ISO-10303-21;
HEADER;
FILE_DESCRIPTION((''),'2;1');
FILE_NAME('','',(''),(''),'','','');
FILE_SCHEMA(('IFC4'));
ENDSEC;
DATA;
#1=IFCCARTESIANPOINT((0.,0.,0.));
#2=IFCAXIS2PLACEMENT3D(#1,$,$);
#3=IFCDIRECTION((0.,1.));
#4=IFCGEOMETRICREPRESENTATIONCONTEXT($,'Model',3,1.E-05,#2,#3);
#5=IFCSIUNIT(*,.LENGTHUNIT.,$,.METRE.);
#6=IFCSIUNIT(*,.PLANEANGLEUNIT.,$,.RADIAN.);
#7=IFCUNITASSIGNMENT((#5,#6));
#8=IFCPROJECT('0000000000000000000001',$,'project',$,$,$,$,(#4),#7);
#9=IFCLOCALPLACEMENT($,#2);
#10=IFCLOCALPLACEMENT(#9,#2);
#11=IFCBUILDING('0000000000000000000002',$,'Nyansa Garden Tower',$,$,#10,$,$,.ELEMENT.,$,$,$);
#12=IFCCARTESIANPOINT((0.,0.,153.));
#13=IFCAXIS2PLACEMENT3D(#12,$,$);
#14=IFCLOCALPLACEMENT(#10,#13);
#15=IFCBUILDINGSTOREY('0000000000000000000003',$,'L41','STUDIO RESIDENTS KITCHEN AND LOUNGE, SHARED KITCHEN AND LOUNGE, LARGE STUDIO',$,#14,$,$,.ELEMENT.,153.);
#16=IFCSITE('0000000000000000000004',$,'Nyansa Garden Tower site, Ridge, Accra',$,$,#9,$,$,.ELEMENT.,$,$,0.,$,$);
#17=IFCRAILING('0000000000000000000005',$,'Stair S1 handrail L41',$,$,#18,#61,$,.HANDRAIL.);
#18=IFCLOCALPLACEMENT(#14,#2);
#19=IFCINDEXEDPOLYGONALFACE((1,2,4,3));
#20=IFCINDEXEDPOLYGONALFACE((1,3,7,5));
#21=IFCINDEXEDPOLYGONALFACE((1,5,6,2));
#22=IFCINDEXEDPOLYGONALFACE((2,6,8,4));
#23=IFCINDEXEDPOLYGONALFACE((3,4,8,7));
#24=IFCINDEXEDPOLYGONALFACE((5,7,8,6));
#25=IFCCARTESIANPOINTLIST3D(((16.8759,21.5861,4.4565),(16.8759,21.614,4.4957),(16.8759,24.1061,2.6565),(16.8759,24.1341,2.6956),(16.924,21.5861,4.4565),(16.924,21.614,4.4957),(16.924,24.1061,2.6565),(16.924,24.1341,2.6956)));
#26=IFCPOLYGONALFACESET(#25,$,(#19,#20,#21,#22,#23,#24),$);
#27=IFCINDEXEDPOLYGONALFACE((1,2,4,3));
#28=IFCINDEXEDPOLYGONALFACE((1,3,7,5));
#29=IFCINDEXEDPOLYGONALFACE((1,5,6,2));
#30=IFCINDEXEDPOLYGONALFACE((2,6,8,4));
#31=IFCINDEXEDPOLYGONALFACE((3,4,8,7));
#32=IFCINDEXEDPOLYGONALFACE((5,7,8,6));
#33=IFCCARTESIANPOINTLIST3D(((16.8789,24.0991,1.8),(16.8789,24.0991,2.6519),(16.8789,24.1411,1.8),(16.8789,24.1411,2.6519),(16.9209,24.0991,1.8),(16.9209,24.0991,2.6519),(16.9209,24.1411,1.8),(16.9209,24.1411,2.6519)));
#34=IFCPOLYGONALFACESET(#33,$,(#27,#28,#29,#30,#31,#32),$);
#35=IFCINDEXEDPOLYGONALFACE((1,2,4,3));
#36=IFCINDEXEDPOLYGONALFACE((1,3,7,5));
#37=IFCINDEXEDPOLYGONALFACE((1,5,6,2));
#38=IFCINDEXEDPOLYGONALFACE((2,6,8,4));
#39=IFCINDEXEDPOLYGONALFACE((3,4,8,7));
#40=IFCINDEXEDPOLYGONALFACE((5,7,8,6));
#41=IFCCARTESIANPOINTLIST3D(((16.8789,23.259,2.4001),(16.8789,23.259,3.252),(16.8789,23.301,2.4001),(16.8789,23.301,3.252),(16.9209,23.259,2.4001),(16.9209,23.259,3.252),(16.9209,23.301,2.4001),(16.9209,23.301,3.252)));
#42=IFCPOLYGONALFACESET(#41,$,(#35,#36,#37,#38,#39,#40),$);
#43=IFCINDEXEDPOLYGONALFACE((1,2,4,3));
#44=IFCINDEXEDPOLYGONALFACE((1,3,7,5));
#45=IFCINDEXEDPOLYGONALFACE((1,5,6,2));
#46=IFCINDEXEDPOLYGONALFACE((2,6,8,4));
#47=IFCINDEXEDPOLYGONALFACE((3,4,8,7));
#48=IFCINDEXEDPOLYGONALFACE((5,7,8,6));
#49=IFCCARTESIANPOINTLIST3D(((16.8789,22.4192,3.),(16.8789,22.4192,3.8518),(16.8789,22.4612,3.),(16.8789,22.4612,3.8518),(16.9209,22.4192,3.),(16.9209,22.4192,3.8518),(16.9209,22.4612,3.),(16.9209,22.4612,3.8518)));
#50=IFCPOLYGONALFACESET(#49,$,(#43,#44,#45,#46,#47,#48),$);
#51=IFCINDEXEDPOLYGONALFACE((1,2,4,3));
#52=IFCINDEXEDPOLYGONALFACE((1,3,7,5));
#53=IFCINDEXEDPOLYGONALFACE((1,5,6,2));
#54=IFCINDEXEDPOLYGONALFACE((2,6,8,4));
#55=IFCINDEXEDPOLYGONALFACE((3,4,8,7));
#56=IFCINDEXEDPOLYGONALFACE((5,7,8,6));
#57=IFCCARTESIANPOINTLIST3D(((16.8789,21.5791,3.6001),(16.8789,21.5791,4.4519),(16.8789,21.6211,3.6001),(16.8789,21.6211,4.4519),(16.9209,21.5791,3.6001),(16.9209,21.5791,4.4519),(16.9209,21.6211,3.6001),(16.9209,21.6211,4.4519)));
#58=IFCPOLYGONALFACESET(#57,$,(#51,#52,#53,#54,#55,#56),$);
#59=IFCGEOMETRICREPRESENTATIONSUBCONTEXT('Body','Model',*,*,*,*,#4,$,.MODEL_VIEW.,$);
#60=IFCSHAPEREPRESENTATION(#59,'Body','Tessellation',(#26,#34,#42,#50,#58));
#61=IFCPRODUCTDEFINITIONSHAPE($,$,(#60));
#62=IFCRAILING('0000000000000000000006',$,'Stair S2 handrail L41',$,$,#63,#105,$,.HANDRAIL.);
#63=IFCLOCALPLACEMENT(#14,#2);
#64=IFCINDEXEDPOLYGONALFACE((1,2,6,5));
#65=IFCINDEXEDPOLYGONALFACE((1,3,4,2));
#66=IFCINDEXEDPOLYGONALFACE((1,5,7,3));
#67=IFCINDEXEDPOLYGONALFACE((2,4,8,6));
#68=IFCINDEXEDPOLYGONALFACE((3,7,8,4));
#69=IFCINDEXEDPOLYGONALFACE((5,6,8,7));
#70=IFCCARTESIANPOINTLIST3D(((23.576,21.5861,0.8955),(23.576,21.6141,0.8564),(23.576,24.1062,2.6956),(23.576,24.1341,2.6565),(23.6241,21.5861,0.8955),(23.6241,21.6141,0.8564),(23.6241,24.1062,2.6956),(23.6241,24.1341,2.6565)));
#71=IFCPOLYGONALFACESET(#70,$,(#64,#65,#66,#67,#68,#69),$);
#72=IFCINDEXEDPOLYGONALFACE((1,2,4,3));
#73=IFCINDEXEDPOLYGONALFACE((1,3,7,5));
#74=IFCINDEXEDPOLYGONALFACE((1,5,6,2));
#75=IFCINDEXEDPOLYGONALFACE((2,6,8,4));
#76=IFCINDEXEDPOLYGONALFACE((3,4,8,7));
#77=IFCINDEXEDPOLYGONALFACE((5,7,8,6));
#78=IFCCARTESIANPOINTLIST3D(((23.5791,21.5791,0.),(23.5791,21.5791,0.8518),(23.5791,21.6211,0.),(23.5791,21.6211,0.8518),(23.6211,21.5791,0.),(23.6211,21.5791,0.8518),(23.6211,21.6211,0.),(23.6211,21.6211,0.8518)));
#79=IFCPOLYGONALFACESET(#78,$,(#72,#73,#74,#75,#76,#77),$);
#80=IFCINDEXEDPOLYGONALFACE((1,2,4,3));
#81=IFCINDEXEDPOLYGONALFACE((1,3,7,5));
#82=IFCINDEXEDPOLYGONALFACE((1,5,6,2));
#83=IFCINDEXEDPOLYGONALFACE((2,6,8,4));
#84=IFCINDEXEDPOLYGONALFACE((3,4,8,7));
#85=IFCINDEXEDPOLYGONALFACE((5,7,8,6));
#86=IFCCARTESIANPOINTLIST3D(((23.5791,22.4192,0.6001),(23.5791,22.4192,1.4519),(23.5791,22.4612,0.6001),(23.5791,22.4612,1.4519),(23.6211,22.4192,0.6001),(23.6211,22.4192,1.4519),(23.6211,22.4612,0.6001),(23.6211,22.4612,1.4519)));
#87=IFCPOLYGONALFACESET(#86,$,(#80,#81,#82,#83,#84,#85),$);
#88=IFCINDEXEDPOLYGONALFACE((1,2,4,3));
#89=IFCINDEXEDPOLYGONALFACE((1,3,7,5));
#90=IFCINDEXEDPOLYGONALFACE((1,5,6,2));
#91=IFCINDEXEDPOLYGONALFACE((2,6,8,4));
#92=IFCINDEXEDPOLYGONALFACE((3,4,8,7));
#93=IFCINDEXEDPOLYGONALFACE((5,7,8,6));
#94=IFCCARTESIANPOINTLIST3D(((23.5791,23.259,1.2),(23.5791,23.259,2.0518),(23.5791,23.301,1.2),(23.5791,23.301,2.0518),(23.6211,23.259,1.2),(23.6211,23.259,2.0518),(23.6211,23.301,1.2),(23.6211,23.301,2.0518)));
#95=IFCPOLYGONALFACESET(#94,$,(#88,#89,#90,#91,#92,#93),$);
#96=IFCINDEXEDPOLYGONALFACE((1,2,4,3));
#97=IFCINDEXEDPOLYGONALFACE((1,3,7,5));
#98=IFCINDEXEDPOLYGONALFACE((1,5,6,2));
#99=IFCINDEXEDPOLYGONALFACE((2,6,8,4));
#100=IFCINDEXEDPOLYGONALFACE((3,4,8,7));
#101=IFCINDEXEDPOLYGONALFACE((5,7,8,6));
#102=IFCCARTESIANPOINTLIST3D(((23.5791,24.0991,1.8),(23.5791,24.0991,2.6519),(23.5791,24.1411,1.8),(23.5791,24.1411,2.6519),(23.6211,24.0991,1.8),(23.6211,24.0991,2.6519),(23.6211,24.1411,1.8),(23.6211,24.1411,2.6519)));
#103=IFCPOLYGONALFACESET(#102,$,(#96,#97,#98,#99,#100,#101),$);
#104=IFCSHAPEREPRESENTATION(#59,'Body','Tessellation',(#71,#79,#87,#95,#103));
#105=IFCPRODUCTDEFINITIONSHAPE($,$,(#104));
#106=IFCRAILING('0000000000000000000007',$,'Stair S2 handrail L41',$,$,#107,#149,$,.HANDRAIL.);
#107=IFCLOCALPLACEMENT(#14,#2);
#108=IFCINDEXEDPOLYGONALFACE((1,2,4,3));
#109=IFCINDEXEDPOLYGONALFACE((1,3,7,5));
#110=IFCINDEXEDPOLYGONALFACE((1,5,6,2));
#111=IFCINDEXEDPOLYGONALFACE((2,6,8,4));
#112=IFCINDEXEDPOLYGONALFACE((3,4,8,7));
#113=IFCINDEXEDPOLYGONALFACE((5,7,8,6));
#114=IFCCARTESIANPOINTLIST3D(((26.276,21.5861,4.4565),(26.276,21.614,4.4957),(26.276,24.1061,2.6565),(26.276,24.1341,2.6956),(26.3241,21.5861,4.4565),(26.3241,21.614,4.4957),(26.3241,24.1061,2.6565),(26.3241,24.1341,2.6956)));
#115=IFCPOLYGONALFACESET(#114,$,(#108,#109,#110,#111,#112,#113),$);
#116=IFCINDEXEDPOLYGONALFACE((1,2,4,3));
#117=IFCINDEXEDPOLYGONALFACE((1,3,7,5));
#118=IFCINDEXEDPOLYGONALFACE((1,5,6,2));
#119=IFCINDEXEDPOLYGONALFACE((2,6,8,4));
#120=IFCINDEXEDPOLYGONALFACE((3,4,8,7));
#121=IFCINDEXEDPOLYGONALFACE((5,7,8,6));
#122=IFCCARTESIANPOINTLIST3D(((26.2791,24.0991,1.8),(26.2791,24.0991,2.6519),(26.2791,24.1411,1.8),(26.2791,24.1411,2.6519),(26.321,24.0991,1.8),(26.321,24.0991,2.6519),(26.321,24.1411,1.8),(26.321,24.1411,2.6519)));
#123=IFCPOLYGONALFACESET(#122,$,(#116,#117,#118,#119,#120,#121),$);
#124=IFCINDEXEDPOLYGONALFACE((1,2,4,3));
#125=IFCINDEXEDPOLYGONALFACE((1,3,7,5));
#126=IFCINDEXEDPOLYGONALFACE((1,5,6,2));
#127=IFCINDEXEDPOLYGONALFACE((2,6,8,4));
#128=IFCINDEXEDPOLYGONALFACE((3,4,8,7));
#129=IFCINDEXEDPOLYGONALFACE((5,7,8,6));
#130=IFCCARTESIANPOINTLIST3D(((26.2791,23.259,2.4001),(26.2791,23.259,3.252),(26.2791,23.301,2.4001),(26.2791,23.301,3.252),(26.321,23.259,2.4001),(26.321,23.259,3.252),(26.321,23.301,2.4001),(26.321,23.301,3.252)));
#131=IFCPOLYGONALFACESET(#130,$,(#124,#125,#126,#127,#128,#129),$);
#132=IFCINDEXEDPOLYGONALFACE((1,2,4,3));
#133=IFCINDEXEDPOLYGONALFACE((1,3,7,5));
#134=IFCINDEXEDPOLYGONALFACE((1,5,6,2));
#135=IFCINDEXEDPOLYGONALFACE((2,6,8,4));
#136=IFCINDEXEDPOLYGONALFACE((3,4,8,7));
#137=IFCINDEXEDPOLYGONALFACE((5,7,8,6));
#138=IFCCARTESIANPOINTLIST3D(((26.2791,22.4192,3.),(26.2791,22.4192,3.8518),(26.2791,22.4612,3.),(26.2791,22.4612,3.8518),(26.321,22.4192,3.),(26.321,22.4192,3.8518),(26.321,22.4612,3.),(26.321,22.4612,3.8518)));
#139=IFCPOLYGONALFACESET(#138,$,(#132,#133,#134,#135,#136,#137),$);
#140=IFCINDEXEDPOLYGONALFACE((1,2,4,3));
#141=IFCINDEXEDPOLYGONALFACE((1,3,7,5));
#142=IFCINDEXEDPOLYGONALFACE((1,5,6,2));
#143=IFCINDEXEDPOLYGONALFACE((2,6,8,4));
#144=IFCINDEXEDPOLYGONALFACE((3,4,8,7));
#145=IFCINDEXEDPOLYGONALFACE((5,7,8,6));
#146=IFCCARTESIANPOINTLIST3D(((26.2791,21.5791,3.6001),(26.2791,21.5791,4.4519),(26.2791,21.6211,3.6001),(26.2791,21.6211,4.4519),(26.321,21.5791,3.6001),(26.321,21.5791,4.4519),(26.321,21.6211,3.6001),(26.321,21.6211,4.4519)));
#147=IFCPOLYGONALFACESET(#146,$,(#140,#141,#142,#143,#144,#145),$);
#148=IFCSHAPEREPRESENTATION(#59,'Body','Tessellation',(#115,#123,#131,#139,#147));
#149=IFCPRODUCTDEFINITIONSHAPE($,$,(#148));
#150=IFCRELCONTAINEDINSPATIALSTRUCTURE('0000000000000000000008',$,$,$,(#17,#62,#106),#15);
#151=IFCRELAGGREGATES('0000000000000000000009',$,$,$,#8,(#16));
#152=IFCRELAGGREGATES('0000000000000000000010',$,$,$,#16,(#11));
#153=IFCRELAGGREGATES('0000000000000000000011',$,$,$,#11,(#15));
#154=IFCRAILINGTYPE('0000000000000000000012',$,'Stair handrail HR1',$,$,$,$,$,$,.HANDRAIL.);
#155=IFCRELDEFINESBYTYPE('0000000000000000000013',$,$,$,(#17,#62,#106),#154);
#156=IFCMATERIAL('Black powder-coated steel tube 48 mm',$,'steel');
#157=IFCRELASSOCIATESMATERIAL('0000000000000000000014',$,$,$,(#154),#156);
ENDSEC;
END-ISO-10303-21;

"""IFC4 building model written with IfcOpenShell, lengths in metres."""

from ifc_helpers import new_model, si_unit, direction, frame, origin, origin_2d, place, context, subcontext, project, spatial, rectangle, extrude, material, type_object, element, save


model = new_model("IFC4")

# Units and contexts
model_context = context("Model", 3, precision=1e-05, world=origin(), true_north=direction((0.0, 1.0)))
body_context = subcontext(model_context, "Body", "Model", "MODEL_VIEW")
ifc_project = project(units=[si_unit("LENGTHUNIT", "METRE"), si_unit("PLANEANGLEUNIT", "RADIAN")], contexts=[model_context])

# Site, building, storey
site_placement = place(None, origin())
site = spatial("IfcSite", under=ifc_project, at=site_placement, Name="Nyansa Garden Tower site, Ridge, Accra", CompositionType="ELEMENT", RefElevation=0.0)
building_placement = place(site_placement, origin())
building = spatial("IfcBuilding", under=site, at=building_placement, Name="Nyansa Garden Tower", CompositionType="ELEMENT")
storey_placement = place(building_placement, frame((0.0, 0.0, 153.0)))
storey = spatial("IfcBuildingStorey", under=building, at=storey_placement, Name="L41", Description="STUDIO RESIDENTS KITCHEN AND LOUNGE, SHARED KITCHEN AND LOUNGE, LARGE STUDIO", CompositionType="ELEMENT", Elevation=153.0)

# Railings
ifc_material_1 = material(Name="Black powder-coated steel tube 48 mm", Category="steel")
railing_type = type_object("IfcRailingType", Name="Stair handrail HR1", PredefinedType="HANDRAIL", material=ifc_material_1)
railing_1_placement = place(storey_placement, frame((16.8999, 24.1201, 1.8)))
element("IfcRailing", 1, at=railing_1_placement, inside=storey, type_object=railing_type, Name="Stair S1 handrail L41", PredefinedType="HANDRAIL", context=body_context, shape_type="SweptSolid", body=[
    extrude(rectangle(XDim=0.0481, YDim=0.0481, at=origin_2d()), frame((0.0, 0.0, 0.876), z_axis=(0.0, -0.813728, 0.581246), x_axis=(1.0, 0.0, 0.0)), (0.0, 0.0, 1.0), 3.0969),
    extrude(rectangle(XDim=0.042, YDim=0.042, at=origin_2d()), origin(), (0.0, 0.0, 1.0), 0.8518),
    extrude(rectangle(XDim=0.042, YDim=0.042, at=origin_2d()), frame((0.0, -0.8401, 0.6001)), (0.0, 0.0, 1.0), 0.8518),
    extrude(rectangle(XDim=0.042, YDim=0.042, at=origin_2d()), frame((0.0, -1.6799, 1.2)), (0.0, 0.0, 1.0), 0.8518),
    extrude(rectangle(XDim=0.042, YDim=0.042, at=origin_2d()), frame((0.0, -2.52, 1.8)), (0.0, 0.0, 1.0), 0.8518),
])
railing_2_placement = place(storey_placement, frame((23.6001, 21.6001, 0.0)))
element("IfcRailing", 2, at=railing_2_placement, inside=storey, type_object=railing_type, Name="Stair S2 handrail L41", PredefinedType="HANDRAIL", context=body_context, shape_type="SweptSolid", body=[
    extrude(rectangle(XDim=0.0481, YDim=0.0481, at=origin_2d()), frame((0.0, 0.0, 0.876), z_axis=(0.0, 0.813728, 0.581246), x_axis=(-1.0, 0.0, 0.0)), (0.0, 0.0, 1.0), 3.0969),
    extrude(rectangle(XDim=0.042, YDim=0.042, at=origin_2d()), origin(), (0.0, 0.0, 1.0), 0.8518),
    extrude(rectangle(XDim=0.042, YDim=0.042, at=origin_2d()), frame((0.0, 0.8401, 0.6001)), (0.0, 0.0, 1.0), 0.8518),
    extrude(rectangle(XDim=0.042, YDim=0.042, at=origin_2d()), frame((0.0, 1.6799, 1.2)), (0.0, 0.0, 1.0), 0.8518),
    extrude(rectangle(XDim=0.042, YDim=0.042, at=origin_2d()), frame((0.0, 2.52, 1.8)), (0.0, 0.0, 1.0), 0.8518),
])
railing_3_placement = place(storey_placement, frame((26.3, 24.1201, 1.8)))
element("IfcRailing", 3, at=railing_3_placement, inside=storey, type_object=railing_type, Name="Stair S2 handrail L41", PredefinedType="HANDRAIL", context=body_context, shape_type="SweptSolid", body=[
    extrude(rectangle(XDim=0.0481, YDim=0.0481, at=origin_2d()), frame((0.0, 0.0, 0.876), z_axis=(0.0, -0.813728, 0.581246), x_axis=(1.0, 0.0, 0.0)), (0.0, 0.0, 1.0), 3.0969),
    extrude(rectangle(XDim=0.042, YDim=0.042, at=origin_2d()), origin(), (0.0, 0.0, 1.0), 0.8518),
    extrude(rectangle(XDim=0.042, YDim=0.042, at=origin_2d()), frame((0.0, -0.8401, 0.6001)), (0.0, 0.0, 1.0), 0.8518),
    extrude(rectangle(XDim=0.042, YDim=0.042, at=origin_2d()), frame((0.0, -1.6799, 1.2)), (0.0, 0.0, 1.0), 0.8518),
    extrude(rectangle(XDim=0.042, YDim=0.042, at=origin_2d()), frame((0.0, -2.52, 1.8)), (0.0, 0.0, 1.0), 0.8518),
])

save(model, "model.ifc")
